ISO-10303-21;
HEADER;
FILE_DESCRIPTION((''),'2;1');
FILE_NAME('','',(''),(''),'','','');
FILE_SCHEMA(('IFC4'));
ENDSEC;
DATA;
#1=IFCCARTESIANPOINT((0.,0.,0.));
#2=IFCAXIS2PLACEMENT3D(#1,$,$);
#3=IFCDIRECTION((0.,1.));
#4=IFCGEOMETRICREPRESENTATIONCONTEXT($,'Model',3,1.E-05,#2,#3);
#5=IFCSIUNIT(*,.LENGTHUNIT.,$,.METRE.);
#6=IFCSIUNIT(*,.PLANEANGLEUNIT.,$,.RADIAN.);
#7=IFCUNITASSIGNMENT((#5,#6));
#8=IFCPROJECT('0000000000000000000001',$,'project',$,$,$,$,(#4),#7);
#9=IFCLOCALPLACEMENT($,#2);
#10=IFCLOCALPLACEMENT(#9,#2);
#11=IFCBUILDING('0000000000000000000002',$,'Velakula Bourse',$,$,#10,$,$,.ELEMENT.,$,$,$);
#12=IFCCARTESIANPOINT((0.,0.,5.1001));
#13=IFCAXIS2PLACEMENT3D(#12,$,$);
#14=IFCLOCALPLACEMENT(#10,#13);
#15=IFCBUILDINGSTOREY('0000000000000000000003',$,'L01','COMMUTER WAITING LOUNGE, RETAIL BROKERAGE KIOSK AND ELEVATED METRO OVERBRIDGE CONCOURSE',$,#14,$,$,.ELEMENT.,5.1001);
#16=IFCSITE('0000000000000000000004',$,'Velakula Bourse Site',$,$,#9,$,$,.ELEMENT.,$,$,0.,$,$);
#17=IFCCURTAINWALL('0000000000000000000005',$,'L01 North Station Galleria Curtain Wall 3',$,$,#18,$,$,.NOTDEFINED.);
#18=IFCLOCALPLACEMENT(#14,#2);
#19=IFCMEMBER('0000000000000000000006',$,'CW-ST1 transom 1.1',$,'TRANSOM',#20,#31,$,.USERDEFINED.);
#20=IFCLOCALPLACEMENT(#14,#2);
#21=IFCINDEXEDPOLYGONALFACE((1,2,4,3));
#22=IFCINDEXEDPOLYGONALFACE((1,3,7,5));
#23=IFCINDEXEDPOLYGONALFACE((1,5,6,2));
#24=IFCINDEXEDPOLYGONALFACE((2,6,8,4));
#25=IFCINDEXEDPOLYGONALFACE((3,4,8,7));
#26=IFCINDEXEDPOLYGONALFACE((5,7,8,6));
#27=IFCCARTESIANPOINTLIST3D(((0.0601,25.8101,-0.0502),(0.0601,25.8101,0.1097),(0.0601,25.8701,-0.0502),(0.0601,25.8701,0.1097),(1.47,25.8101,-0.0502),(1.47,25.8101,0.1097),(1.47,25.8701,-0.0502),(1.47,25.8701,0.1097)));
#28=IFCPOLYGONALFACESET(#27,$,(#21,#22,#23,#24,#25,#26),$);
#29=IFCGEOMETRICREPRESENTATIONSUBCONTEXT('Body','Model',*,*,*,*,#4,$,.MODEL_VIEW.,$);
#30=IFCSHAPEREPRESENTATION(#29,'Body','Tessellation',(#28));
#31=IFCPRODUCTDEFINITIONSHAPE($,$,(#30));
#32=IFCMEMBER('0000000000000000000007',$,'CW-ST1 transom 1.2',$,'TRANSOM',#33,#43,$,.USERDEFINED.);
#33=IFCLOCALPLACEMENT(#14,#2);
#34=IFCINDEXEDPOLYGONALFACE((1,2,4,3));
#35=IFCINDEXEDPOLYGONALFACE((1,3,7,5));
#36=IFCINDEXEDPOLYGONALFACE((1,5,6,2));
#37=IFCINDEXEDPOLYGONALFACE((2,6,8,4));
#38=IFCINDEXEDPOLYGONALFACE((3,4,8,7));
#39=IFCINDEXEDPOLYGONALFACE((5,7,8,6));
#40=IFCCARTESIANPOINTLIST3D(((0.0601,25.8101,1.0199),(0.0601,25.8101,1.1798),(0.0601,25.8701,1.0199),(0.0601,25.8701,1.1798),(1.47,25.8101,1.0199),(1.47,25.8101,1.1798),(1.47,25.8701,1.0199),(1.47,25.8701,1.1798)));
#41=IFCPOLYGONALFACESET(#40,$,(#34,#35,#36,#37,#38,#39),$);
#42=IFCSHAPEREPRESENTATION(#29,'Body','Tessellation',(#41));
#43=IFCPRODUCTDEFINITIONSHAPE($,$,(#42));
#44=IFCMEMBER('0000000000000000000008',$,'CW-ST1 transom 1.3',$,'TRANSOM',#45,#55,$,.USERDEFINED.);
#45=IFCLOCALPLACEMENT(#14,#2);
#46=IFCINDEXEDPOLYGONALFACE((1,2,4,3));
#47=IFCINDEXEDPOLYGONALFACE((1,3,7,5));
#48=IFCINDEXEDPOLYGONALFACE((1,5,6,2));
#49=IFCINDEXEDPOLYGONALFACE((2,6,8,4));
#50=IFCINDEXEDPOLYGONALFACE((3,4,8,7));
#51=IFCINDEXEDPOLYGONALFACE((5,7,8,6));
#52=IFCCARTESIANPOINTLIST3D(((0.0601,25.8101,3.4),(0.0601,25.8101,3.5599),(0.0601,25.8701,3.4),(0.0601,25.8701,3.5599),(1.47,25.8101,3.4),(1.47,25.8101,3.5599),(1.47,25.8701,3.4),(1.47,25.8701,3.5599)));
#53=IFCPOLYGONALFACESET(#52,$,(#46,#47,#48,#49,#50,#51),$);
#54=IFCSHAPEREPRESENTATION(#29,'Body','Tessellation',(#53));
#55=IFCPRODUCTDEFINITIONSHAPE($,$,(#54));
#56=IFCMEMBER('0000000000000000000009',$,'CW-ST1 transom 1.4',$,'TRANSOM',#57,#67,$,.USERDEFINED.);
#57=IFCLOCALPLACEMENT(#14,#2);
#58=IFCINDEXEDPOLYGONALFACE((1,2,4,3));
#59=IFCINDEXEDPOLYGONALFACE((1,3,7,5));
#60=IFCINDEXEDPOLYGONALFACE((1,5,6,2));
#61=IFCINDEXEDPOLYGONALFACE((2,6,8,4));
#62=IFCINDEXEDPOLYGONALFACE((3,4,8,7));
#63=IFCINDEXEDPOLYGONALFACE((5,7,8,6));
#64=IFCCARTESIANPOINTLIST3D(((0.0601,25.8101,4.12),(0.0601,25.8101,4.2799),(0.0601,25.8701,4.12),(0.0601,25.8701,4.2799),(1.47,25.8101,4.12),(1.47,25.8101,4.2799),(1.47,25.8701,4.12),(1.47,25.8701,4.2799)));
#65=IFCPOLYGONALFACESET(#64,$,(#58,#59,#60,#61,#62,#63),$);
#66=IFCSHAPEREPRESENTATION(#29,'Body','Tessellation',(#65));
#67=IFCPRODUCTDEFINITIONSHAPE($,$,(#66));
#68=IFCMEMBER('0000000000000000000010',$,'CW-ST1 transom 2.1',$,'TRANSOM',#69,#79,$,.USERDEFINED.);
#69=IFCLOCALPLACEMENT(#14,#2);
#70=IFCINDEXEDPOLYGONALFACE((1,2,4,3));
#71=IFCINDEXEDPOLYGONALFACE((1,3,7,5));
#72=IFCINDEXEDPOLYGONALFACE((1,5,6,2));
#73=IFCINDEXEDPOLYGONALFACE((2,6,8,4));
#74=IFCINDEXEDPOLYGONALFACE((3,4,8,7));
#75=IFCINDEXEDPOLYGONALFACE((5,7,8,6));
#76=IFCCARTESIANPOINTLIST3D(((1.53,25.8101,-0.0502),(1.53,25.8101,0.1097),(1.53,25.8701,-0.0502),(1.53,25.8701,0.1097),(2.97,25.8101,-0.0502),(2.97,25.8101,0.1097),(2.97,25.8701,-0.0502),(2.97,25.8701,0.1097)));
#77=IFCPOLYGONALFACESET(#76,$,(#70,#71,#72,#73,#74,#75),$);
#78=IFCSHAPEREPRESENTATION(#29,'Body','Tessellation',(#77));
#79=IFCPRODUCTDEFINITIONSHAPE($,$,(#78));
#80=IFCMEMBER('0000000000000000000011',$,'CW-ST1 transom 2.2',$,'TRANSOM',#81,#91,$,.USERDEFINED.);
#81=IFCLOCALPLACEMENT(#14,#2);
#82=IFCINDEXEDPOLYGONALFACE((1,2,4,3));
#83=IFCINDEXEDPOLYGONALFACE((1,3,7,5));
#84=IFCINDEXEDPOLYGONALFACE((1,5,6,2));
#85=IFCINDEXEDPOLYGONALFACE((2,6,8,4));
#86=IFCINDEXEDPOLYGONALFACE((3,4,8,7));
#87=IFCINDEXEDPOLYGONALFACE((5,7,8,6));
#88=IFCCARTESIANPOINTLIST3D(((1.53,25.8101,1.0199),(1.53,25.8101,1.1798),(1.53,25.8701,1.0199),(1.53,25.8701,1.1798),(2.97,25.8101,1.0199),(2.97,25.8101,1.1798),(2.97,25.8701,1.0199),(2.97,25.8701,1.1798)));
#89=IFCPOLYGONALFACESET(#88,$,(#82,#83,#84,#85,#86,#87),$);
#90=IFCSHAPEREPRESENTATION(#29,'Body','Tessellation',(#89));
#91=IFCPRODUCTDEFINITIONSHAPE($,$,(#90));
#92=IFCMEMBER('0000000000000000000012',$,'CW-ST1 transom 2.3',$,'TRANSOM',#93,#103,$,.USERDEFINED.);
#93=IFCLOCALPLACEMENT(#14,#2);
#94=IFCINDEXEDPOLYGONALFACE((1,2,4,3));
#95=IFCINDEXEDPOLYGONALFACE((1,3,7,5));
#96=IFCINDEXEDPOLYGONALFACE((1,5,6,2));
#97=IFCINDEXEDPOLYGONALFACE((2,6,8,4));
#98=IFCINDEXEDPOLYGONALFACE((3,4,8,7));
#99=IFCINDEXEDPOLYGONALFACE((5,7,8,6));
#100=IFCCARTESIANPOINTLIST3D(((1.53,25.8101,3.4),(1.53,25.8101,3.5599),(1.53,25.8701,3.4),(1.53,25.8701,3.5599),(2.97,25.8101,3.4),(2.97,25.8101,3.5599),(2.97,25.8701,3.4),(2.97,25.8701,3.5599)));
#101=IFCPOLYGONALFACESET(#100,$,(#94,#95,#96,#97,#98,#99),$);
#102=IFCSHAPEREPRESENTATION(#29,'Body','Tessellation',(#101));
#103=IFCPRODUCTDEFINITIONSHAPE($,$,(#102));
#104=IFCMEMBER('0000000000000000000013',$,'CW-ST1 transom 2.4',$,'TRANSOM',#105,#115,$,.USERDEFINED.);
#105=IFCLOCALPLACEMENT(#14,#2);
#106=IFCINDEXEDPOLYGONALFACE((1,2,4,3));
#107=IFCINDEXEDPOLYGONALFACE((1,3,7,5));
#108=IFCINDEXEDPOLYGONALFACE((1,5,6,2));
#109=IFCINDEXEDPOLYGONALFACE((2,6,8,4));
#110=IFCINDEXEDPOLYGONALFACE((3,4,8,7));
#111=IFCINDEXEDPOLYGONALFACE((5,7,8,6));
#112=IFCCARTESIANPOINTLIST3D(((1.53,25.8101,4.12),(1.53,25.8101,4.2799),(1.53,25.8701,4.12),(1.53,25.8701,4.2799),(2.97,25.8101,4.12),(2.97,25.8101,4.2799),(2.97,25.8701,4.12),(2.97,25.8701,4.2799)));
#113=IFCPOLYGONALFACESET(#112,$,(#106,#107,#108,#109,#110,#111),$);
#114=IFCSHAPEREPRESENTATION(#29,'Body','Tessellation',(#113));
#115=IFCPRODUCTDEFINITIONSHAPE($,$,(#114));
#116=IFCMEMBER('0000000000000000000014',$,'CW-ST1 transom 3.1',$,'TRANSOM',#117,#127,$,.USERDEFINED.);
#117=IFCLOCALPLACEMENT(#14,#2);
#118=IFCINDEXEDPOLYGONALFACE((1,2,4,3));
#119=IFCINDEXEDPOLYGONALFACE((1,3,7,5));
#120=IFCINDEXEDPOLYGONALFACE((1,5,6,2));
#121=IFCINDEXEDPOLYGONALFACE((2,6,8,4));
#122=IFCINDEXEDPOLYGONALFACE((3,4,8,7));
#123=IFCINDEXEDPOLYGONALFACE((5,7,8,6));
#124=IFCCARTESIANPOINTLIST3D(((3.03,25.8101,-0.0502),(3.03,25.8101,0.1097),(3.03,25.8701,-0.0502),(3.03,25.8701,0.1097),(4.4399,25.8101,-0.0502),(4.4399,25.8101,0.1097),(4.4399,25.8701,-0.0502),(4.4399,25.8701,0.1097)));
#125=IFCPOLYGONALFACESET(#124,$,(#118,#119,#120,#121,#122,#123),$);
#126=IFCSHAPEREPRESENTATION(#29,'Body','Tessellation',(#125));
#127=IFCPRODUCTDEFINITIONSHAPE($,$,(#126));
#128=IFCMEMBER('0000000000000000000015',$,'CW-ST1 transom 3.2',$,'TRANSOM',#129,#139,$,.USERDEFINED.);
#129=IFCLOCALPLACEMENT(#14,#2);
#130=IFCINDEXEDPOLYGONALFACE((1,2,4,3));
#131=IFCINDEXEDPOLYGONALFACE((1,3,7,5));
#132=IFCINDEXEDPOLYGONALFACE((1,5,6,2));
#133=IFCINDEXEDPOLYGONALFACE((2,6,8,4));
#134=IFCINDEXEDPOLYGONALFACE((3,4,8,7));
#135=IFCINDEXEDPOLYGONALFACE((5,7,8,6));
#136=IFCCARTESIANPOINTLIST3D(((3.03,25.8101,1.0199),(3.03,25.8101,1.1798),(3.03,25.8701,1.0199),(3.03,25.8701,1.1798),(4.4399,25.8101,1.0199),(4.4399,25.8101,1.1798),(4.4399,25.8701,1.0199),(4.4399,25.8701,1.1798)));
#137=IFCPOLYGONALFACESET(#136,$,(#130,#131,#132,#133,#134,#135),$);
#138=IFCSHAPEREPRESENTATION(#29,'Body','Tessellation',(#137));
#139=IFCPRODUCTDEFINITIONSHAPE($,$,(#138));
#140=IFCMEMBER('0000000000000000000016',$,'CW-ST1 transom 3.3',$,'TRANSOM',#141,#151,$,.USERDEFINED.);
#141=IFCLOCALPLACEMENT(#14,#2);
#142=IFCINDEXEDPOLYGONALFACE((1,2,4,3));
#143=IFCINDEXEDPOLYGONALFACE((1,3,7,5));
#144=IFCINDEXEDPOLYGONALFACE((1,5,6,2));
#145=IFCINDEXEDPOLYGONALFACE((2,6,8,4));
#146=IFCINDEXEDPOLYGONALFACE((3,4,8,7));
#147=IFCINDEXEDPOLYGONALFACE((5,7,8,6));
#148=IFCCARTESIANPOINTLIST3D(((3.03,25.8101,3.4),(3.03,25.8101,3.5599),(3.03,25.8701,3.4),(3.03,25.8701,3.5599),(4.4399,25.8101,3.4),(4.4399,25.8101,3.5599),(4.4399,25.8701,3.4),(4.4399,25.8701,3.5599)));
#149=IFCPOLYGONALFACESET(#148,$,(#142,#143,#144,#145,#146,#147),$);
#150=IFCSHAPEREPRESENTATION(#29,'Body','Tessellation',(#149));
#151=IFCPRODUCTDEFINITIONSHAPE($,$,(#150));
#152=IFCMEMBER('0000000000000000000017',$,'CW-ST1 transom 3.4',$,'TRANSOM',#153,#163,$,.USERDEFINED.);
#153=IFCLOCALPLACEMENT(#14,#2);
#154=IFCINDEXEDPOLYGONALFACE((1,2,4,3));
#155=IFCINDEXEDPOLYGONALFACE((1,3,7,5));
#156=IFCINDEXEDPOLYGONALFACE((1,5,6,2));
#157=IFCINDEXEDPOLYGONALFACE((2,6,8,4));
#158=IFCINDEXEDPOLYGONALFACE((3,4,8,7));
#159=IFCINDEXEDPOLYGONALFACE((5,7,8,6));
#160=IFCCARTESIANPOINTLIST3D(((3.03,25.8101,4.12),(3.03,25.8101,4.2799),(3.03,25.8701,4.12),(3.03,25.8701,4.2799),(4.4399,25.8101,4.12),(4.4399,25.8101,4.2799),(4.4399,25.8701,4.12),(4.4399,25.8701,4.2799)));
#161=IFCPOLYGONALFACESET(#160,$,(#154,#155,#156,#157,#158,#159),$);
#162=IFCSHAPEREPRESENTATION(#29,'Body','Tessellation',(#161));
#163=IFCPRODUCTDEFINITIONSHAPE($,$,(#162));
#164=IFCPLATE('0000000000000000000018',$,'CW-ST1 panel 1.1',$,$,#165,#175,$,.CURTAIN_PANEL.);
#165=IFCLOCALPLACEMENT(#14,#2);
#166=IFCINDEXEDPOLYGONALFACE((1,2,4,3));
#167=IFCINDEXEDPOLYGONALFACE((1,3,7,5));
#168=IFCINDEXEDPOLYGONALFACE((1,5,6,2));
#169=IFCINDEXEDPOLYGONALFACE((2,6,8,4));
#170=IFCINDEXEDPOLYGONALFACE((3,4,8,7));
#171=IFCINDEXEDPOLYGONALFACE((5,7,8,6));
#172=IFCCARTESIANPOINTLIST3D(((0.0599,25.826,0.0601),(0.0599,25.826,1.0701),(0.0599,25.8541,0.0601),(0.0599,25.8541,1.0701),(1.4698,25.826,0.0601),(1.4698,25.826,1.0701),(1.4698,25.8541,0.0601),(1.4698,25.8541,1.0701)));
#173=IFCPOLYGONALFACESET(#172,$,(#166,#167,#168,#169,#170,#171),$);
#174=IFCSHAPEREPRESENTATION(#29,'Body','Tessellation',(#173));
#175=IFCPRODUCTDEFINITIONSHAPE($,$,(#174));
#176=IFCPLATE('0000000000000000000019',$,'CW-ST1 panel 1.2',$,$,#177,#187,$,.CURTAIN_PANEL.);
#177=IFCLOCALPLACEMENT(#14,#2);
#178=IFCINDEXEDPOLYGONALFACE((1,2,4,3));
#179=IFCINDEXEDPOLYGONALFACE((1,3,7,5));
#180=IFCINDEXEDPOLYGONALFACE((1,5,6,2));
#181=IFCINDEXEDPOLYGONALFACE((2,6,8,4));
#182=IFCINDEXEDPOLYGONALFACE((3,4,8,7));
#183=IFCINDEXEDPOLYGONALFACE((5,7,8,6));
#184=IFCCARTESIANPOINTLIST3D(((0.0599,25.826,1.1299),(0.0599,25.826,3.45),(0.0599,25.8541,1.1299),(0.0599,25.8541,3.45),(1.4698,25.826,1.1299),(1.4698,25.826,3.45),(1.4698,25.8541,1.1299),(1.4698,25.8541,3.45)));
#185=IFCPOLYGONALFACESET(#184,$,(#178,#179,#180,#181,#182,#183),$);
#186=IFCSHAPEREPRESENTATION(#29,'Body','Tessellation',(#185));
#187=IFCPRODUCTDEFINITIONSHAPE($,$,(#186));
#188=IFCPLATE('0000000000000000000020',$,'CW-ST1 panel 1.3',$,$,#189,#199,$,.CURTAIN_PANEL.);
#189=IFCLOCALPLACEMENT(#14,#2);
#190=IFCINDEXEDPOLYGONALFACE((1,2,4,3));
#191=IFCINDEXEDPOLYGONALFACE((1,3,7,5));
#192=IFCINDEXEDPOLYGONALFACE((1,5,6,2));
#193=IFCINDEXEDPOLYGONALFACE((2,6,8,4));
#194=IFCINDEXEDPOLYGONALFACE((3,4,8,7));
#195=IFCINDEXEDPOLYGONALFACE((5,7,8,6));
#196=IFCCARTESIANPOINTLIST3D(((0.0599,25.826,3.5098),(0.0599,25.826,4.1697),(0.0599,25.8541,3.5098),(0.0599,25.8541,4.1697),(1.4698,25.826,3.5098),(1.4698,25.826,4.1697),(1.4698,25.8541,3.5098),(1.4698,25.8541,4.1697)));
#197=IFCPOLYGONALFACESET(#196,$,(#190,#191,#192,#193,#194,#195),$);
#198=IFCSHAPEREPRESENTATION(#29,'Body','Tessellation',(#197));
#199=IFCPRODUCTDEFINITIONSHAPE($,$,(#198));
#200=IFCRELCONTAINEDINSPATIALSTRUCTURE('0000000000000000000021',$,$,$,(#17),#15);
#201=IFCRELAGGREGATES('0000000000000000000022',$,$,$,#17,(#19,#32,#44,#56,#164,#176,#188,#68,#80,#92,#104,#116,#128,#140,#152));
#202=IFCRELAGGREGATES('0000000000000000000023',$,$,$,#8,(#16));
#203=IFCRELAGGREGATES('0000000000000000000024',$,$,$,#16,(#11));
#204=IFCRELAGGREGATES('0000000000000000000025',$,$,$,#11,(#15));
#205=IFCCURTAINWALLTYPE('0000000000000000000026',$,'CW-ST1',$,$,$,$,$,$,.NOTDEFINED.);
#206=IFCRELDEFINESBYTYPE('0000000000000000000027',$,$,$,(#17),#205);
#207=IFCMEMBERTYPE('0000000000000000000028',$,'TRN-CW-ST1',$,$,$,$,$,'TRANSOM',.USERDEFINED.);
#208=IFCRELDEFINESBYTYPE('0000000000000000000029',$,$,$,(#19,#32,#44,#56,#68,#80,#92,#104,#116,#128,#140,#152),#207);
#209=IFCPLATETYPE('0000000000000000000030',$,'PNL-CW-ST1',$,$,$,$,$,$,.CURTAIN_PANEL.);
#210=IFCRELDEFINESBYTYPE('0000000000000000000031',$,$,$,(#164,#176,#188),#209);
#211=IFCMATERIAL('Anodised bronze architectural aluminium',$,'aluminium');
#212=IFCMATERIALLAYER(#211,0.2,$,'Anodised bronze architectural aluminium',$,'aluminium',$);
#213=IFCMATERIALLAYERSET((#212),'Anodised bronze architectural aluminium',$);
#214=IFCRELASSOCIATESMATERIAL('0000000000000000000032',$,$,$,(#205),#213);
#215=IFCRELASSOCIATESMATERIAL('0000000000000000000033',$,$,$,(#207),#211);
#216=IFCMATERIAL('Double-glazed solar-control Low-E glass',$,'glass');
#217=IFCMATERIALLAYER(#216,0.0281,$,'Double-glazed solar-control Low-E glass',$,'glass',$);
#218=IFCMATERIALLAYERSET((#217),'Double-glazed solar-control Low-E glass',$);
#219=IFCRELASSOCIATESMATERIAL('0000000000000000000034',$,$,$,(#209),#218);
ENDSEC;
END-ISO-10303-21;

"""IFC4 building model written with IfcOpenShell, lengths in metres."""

from ifc_helpers import new_model, si_unit, direction, frame, origin, origin_2d, place, context, subcontext, project, spatial, rectangle, extrude, material, layer, layer_set, material_profile, profile_set, type_object, element, aggregate, save


model = new_model("IFC4")

# Units and contexts
model_context = context("Model", 3, precision=1e-05, world=origin(), true_north=direction((0.0, 1.0)))
body_context = subcontext(model_context, "Body", "Model", "MODEL_VIEW")
ifc_project = project(units=[si_unit("LENGTHUNIT", "METRE"), si_unit("PLANEANGLEUNIT", "RADIAN")], contexts=[model_context])

# Site, building, storey
site_placement = place(None, origin())
site = spatial("IfcSite", under=ifc_project, at=site_placement, Name="Velakula Bourse Site", CompositionType="ELEMENT", RefElevation=0.0)
building_placement = place(site_placement, origin())
building = spatial("IfcBuilding", under=site, at=building_placement, Name="Velakula Bourse", CompositionType="ELEMENT")
storey_placement = place(building_placement, frame((0.0, 0.0, 5.1001)))
storey = spatial("IfcBuildingStorey", under=building, at=storey_placement, Name="L01", Description="COMMUTER WAITING LOUNGE, RETAIL BROKERAGE KIOSK AND ELEVATED METRO OVERBRIDGE CONCOURSE", CompositionType="ELEMENT", Elevation=5.1001)

# Shared definitions
ifc_material_1 = material(Name="Anodised bronze architectural aluminium", Category="aluminium")
ifc_layer_1 = layer(ifc_material_1, 0.2, Name="Anodised bronze architectural aluminium", Category="aluminium")
ifc_layer_set_1 = layer_set([ifc_layer_1], Name="Anodised bronze architectural aluminium")
curtain_wall_type = type_object("IfcCurtainWallType", Name="CW-ST1", PredefinedType="NOTDEFINED", material=ifc_layer_set_1)

# Curtain wall, members, plates
curtain_wall_1_placement = place(storey_placement, origin())
curtain_wall_1 = element("IfcCurtainWall", 1, at=curtain_wall_1_placement, inside=storey, type_object=curtain_wall_type, Name="L01 North Station Galleria Curtain Wall 3", PredefinedType="NOTDEFINED")
ifc_material_profile_1 = material_profile(ifc_material_1, rectangle(XDim=0.0601, YDim=0.1599, at=origin_2d()), Name="Anodised bronze architectural aluminium")
ifc_profile_set_1 = profile_set([ifc_material_profile_1], Name="Anodised bronze architectural aluminium")
member_type_1 = type_object("IfcMemberType", Name="TRN-CW-ST1", ElementType="TRANSOM", PredefinedType="USERDEFINED", material=ifc_profile_set_1)
member_1_placement = place(storey_placement, frame((0.0601, 25.8401, 0.0298), z_axis=(1.0, 0.0, 0.0), x_axis=(0.0, 1.0, 0.0)))
member_1 = element("IfcMember", 2, at=member_1_placement, type_object=member_type_1, Name="CW-ST1 transom 1.1", ObjectType="TRANSOM", PredefinedType="USERDEFINED", context=body_context, shape_type="SweptSolid", body=[
    extrude(rectangle(XDim=0.0601, YDim=0.1599, at=origin_2d()), origin(), (0.0, 0.0, 1.0), 1.4099),
])
member_2_placement = place(storey_placement, frame((0.0601, 25.8401, 1.0999), z_axis=(1.0, 0.0, 0.0), x_axis=(0.0, 1.0, 0.0)))
member_2 = element("IfcMember", 3, at=member_2_placement, type_object=member_type_1, Name="CW-ST1 transom 1.2", ObjectType="TRANSOM", PredefinedType="USERDEFINED", context=body_context, shape_type="SweptSolid", body=[
    extrude(rectangle(XDim=0.0601, YDim=0.1599, at=origin_2d()), origin(), (0.0, 0.0, 1.0), 1.4099),
])
member_3_placement = place(storey_placement, frame((0.0601, 25.8401, 3.48), z_axis=(1.0, 0.0, 0.0), x_axis=(0.0, 1.0, 0.0)))
member_3 = element("IfcMember", 4, at=member_3_placement, type_object=member_type_1, Name="CW-ST1 transom 1.3", ObjectType="TRANSOM", PredefinedType="USERDEFINED", context=body_context, shape_type="SweptSolid", body=[
    extrude(rectangle(XDim=0.0601, YDim=0.1599, at=origin_2d()), origin(), (0.0, 0.0, 1.0), 1.4099),
])
member_4_placement = place(storey_placement, frame((0.0601, 25.8401, 4.2), z_axis=(1.0, 0.0, 0.0), x_axis=(0.0, 1.0, 0.0)))
member_4 = element("IfcMember", 5, at=member_4_placement, type_object=member_type_1, Name="CW-ST1 transom 1.4", ObjectType="TRANSOM", PredefinedType="USERDEFINED", context=body_context, shape_type="SweptSolid", body=[
    extrude(rectangle(XDim=0.0601, YDim=0.1599, at=origin_2d()), origin(), (0.0, 0.0, 1.0), 1.4099),
])
member_5_placement = place(storey_placement, frame((1.53, 25.8401, 0.0298), z_axis=(1.0, 0.0, 0.0), x_axis=(0.0, 1.0, 0.0)))
member_5 = element("IfcMember", 6, at=member_5_placement, type_object=member_type_1, Name="CW-ST1 transom 2.1", ObjectType="TRANSOM", PredefinedType="USERDEFINED", context=body_context, shape_type="SweptSolid", body=[
    extrude(rectangle(XDim=0.0601, YDim=0.1599, at=origin_2d()), origin(), (0.0, 0.0, 1.0), 1.4399),
])
member_6_placement = place(storey_placement, frame((1.53, 25.8401, 1.0999), z_axis=(1.0, 0.0, 0.0), x_axis=(0.0, 1.0, 0.0)))
member_6 = element("IfcMember", 7, at=member_6_placement, type_object=member_type_1, Name="CW-ST1 transom 2.2", ObjectType="TRANSOM", PredefinedType="USERDEFINED", context=body_context, shape_type="SweptSolid", body=[
    extrude(rectangle(XDim=0.0601, YDim=0.1599, at=origin_2d()), origin(), (0.0, 0.0, 1.0), 1.4399),
])
member_7_placement = place(storey_placement, frame((1.53, 25.8401, 3.48), z_axis=(1.0, 0.0, 0.0), x_axis=(0.0, 1.0, 0.0)))
member_7 = element("IfcMember", 8, at=member_7_placement, type_object=member_type_1, Name="CW-ST1 transom 2.3", ObjectType="TRANSOM", PredefinedType="USERDEFINED", context=body_context, shape_type="SweptSolid", body=[
    extrude(rectangle(XDim=0.0601, YDim=0.1599, at=origin_2d()), origin(), (0.0, 0.0, 1.0), 1.4399),
])
member_8_placement = place(storey_placement, frame((1.53, 25.8401, 4.2), z_axis=(1.0, 0.0, 0.0), x_axis=(0.0, 1.0, 0.0)))
member_8 = element("IfcMember", 9, at=member_8_placement, type_object=member_type_1, Name="CW-ST1 transom 2.4", ObjectType="TRANSOM", PredefinedType="USERDEFINED", context=body_context, shape_type="SweptSolid", body=[
    extrude(rectangle(XDim=0.0601, YDim=0.1599, at=origin_2d()), origin(), (0.0, 0.0, 1.0), 1.4399),
])
member_9_placement = place(storey_placement, frame((3.03, 25.8401, 0.0298), z_axis=(1.0, 0.0, 0.0), x_axis=(0.0, 1.0, 0.0)))
member_9 = element("IfcMember", 10, at=member_9_placement, type_object=member_type_1, Name="CW-ST1 transom 3.1", ObjectType="TRANSOM", PredefinedType="USERDEFINED", context=body_context, shape_type="SweptSolid", body=[
    extrude(rectangle(XDim=0.0601, YDim=0.1599, at=origin_2d()), origin(), (0.0, 0.0, 1.0), 1.4099),
])
member_10_placement = place(storey_placement, frame((3.03, 25.8401, 1.0999), z_axis=(1.0, 0.0, 0.0), x_axis=(0.0, 1.0, 0.0)))
member_10 = element("IfcMember", 11, at=member_10_placement, type_object=member_type_1, Name="CW-ST1 transom 3.2", ObjectType="TRANSOM", PredefinedType="USERDEFINED", context=body_context, shape_type="SweptSolid", body=[
    extrude(rectangle(XDim=0.0601, YDim=0.1599, at=origin_2d()), origin(), (0.0, 0.0, 1.0), 1.4099),
])
member_11_placement = place(storey_placement, frame((3.03, 25.8401, 3.48), z_axis=(1.0, 0.0, 0.0), x_axis=(0.0, 1.0, 0.0)))
member_11 = element("IfcMember", 12, at=member_11_placement, type_object=member_type_1, Name="CW-ST1 transom 3.3", ObjectType="TRANSOM", PredefinedType="USERDEFINED", context=body_context, shape_type="SweptSolid", body=[
    extrude(rectangle(XDim=0.0601, YDim=0.1599, at=origin_2d()), origin(), (0.0, 0.0, 1.0), 1.4099),
])
member_12_placement = place(storey_placement, frame((3.03, 25.8401, 4.2), z_axis=(1.0, 0.0, 0.0), x_axis=(0.0, 1.0, 0.0)))
member_12 = element("IfcMember", 13, at=member_12_placement, type_object=member_type_1, Name="CW-ST1 transom 3.4", ObjectType="TRANSOM", PredefinedType="USERDEFINED", context=body_context, shape_type="SweptSolid", body=[
    extrude(rectangle(XDim=0.0601, YDim=0.1599, at=origin_2d()), origin(), (0.0, 0.0, 1.0), 1.4099),
])
ifc_material_2 = material(Name="Double-glazed solar-control Low-E glass", Category="glass")
ifc_layer_2 = layer(ifc_material_2, 0.0281, Name="Double-glazed solar-control Low-E glass", Category="glass")
ifc_layer_set_2 = layer_set([ifc_layer_2], Name="Double-glazed solar-control Low-E glass")
plate_type = type_object("IfcPlateType", Name="PNL-CW-ST1", PredefinedType="CURTAIN_PANEL", material=ifc_layer_set_2)
plate_1_placement = place(storey_placement, frame((0.7649, 25.8401, 0.0601), z_axis=(0.0, 0.0, 1.0), x_axis=(1.0, 0.0, 0.0)))
plate_1 = element("IfcPlate", 14, at=plate_1_placement, type_object=plate_type, Name="CW-ST1 panel 1.1", PredefinedType="CURTAIN_PANEL", context=body_context, shape_type="SweptSolid", body=[
    extrude(rectangle(XDim=1.4099, YDim=0.0281, at=origin_2d()), origin(), (0.0, 0.0, 1.0), 1.01),
])
plate_2_placement = place(storey_placement, frame((0.7649, 25.8401, 1.1299), z_axis=(0.0, 0.0, 1.0), x_axis=(1.0, 0.0, 0.0)))
plate_2 = element("IfcPlate", 15, at=plate_2_placement, type_object=plate_type, Name="CW-ST1 panel 1.2", PredefinedType="CURTAIN_PANEL", context=body_context, shape_type="SweptSolid", body=[
    extrude(rectangle(XDim=1.4099, YDim=0.0281, at=origin_2d()), origin(), (0.0, 0.0, 1.0), 2.3201),
])
plate_3_placement = place(storey_placement, frame((0.7649, 25.8401, 3.5098), z_axis=(0.0, 0.0, 1.0), x_axis=(1.0, 0.0, 0.0)))
plate_3 = element("IfcPlate", 16, at=plate_3_placement, type_object=plate_type, Name="CW-ST1 panel 1.3", PredefinedType="CURTAIN_PANEL", context=body_context, shape_type="SweptSolid", body=[
    extrude(rectangle(XDim=1.4099, YDim=0.0281, at=origin_2d()), origin(), (0.0, 0.0, 1.0), 0.6599),
])
aggregate(curtain_wall_1, [member_1, member_2, member_3, member_4, plate_1, plate_2, plate_3, member_5, member_6, member_7, member_8, member_9, member_10, member_11, member_12])

save(model, "model.ifc")
